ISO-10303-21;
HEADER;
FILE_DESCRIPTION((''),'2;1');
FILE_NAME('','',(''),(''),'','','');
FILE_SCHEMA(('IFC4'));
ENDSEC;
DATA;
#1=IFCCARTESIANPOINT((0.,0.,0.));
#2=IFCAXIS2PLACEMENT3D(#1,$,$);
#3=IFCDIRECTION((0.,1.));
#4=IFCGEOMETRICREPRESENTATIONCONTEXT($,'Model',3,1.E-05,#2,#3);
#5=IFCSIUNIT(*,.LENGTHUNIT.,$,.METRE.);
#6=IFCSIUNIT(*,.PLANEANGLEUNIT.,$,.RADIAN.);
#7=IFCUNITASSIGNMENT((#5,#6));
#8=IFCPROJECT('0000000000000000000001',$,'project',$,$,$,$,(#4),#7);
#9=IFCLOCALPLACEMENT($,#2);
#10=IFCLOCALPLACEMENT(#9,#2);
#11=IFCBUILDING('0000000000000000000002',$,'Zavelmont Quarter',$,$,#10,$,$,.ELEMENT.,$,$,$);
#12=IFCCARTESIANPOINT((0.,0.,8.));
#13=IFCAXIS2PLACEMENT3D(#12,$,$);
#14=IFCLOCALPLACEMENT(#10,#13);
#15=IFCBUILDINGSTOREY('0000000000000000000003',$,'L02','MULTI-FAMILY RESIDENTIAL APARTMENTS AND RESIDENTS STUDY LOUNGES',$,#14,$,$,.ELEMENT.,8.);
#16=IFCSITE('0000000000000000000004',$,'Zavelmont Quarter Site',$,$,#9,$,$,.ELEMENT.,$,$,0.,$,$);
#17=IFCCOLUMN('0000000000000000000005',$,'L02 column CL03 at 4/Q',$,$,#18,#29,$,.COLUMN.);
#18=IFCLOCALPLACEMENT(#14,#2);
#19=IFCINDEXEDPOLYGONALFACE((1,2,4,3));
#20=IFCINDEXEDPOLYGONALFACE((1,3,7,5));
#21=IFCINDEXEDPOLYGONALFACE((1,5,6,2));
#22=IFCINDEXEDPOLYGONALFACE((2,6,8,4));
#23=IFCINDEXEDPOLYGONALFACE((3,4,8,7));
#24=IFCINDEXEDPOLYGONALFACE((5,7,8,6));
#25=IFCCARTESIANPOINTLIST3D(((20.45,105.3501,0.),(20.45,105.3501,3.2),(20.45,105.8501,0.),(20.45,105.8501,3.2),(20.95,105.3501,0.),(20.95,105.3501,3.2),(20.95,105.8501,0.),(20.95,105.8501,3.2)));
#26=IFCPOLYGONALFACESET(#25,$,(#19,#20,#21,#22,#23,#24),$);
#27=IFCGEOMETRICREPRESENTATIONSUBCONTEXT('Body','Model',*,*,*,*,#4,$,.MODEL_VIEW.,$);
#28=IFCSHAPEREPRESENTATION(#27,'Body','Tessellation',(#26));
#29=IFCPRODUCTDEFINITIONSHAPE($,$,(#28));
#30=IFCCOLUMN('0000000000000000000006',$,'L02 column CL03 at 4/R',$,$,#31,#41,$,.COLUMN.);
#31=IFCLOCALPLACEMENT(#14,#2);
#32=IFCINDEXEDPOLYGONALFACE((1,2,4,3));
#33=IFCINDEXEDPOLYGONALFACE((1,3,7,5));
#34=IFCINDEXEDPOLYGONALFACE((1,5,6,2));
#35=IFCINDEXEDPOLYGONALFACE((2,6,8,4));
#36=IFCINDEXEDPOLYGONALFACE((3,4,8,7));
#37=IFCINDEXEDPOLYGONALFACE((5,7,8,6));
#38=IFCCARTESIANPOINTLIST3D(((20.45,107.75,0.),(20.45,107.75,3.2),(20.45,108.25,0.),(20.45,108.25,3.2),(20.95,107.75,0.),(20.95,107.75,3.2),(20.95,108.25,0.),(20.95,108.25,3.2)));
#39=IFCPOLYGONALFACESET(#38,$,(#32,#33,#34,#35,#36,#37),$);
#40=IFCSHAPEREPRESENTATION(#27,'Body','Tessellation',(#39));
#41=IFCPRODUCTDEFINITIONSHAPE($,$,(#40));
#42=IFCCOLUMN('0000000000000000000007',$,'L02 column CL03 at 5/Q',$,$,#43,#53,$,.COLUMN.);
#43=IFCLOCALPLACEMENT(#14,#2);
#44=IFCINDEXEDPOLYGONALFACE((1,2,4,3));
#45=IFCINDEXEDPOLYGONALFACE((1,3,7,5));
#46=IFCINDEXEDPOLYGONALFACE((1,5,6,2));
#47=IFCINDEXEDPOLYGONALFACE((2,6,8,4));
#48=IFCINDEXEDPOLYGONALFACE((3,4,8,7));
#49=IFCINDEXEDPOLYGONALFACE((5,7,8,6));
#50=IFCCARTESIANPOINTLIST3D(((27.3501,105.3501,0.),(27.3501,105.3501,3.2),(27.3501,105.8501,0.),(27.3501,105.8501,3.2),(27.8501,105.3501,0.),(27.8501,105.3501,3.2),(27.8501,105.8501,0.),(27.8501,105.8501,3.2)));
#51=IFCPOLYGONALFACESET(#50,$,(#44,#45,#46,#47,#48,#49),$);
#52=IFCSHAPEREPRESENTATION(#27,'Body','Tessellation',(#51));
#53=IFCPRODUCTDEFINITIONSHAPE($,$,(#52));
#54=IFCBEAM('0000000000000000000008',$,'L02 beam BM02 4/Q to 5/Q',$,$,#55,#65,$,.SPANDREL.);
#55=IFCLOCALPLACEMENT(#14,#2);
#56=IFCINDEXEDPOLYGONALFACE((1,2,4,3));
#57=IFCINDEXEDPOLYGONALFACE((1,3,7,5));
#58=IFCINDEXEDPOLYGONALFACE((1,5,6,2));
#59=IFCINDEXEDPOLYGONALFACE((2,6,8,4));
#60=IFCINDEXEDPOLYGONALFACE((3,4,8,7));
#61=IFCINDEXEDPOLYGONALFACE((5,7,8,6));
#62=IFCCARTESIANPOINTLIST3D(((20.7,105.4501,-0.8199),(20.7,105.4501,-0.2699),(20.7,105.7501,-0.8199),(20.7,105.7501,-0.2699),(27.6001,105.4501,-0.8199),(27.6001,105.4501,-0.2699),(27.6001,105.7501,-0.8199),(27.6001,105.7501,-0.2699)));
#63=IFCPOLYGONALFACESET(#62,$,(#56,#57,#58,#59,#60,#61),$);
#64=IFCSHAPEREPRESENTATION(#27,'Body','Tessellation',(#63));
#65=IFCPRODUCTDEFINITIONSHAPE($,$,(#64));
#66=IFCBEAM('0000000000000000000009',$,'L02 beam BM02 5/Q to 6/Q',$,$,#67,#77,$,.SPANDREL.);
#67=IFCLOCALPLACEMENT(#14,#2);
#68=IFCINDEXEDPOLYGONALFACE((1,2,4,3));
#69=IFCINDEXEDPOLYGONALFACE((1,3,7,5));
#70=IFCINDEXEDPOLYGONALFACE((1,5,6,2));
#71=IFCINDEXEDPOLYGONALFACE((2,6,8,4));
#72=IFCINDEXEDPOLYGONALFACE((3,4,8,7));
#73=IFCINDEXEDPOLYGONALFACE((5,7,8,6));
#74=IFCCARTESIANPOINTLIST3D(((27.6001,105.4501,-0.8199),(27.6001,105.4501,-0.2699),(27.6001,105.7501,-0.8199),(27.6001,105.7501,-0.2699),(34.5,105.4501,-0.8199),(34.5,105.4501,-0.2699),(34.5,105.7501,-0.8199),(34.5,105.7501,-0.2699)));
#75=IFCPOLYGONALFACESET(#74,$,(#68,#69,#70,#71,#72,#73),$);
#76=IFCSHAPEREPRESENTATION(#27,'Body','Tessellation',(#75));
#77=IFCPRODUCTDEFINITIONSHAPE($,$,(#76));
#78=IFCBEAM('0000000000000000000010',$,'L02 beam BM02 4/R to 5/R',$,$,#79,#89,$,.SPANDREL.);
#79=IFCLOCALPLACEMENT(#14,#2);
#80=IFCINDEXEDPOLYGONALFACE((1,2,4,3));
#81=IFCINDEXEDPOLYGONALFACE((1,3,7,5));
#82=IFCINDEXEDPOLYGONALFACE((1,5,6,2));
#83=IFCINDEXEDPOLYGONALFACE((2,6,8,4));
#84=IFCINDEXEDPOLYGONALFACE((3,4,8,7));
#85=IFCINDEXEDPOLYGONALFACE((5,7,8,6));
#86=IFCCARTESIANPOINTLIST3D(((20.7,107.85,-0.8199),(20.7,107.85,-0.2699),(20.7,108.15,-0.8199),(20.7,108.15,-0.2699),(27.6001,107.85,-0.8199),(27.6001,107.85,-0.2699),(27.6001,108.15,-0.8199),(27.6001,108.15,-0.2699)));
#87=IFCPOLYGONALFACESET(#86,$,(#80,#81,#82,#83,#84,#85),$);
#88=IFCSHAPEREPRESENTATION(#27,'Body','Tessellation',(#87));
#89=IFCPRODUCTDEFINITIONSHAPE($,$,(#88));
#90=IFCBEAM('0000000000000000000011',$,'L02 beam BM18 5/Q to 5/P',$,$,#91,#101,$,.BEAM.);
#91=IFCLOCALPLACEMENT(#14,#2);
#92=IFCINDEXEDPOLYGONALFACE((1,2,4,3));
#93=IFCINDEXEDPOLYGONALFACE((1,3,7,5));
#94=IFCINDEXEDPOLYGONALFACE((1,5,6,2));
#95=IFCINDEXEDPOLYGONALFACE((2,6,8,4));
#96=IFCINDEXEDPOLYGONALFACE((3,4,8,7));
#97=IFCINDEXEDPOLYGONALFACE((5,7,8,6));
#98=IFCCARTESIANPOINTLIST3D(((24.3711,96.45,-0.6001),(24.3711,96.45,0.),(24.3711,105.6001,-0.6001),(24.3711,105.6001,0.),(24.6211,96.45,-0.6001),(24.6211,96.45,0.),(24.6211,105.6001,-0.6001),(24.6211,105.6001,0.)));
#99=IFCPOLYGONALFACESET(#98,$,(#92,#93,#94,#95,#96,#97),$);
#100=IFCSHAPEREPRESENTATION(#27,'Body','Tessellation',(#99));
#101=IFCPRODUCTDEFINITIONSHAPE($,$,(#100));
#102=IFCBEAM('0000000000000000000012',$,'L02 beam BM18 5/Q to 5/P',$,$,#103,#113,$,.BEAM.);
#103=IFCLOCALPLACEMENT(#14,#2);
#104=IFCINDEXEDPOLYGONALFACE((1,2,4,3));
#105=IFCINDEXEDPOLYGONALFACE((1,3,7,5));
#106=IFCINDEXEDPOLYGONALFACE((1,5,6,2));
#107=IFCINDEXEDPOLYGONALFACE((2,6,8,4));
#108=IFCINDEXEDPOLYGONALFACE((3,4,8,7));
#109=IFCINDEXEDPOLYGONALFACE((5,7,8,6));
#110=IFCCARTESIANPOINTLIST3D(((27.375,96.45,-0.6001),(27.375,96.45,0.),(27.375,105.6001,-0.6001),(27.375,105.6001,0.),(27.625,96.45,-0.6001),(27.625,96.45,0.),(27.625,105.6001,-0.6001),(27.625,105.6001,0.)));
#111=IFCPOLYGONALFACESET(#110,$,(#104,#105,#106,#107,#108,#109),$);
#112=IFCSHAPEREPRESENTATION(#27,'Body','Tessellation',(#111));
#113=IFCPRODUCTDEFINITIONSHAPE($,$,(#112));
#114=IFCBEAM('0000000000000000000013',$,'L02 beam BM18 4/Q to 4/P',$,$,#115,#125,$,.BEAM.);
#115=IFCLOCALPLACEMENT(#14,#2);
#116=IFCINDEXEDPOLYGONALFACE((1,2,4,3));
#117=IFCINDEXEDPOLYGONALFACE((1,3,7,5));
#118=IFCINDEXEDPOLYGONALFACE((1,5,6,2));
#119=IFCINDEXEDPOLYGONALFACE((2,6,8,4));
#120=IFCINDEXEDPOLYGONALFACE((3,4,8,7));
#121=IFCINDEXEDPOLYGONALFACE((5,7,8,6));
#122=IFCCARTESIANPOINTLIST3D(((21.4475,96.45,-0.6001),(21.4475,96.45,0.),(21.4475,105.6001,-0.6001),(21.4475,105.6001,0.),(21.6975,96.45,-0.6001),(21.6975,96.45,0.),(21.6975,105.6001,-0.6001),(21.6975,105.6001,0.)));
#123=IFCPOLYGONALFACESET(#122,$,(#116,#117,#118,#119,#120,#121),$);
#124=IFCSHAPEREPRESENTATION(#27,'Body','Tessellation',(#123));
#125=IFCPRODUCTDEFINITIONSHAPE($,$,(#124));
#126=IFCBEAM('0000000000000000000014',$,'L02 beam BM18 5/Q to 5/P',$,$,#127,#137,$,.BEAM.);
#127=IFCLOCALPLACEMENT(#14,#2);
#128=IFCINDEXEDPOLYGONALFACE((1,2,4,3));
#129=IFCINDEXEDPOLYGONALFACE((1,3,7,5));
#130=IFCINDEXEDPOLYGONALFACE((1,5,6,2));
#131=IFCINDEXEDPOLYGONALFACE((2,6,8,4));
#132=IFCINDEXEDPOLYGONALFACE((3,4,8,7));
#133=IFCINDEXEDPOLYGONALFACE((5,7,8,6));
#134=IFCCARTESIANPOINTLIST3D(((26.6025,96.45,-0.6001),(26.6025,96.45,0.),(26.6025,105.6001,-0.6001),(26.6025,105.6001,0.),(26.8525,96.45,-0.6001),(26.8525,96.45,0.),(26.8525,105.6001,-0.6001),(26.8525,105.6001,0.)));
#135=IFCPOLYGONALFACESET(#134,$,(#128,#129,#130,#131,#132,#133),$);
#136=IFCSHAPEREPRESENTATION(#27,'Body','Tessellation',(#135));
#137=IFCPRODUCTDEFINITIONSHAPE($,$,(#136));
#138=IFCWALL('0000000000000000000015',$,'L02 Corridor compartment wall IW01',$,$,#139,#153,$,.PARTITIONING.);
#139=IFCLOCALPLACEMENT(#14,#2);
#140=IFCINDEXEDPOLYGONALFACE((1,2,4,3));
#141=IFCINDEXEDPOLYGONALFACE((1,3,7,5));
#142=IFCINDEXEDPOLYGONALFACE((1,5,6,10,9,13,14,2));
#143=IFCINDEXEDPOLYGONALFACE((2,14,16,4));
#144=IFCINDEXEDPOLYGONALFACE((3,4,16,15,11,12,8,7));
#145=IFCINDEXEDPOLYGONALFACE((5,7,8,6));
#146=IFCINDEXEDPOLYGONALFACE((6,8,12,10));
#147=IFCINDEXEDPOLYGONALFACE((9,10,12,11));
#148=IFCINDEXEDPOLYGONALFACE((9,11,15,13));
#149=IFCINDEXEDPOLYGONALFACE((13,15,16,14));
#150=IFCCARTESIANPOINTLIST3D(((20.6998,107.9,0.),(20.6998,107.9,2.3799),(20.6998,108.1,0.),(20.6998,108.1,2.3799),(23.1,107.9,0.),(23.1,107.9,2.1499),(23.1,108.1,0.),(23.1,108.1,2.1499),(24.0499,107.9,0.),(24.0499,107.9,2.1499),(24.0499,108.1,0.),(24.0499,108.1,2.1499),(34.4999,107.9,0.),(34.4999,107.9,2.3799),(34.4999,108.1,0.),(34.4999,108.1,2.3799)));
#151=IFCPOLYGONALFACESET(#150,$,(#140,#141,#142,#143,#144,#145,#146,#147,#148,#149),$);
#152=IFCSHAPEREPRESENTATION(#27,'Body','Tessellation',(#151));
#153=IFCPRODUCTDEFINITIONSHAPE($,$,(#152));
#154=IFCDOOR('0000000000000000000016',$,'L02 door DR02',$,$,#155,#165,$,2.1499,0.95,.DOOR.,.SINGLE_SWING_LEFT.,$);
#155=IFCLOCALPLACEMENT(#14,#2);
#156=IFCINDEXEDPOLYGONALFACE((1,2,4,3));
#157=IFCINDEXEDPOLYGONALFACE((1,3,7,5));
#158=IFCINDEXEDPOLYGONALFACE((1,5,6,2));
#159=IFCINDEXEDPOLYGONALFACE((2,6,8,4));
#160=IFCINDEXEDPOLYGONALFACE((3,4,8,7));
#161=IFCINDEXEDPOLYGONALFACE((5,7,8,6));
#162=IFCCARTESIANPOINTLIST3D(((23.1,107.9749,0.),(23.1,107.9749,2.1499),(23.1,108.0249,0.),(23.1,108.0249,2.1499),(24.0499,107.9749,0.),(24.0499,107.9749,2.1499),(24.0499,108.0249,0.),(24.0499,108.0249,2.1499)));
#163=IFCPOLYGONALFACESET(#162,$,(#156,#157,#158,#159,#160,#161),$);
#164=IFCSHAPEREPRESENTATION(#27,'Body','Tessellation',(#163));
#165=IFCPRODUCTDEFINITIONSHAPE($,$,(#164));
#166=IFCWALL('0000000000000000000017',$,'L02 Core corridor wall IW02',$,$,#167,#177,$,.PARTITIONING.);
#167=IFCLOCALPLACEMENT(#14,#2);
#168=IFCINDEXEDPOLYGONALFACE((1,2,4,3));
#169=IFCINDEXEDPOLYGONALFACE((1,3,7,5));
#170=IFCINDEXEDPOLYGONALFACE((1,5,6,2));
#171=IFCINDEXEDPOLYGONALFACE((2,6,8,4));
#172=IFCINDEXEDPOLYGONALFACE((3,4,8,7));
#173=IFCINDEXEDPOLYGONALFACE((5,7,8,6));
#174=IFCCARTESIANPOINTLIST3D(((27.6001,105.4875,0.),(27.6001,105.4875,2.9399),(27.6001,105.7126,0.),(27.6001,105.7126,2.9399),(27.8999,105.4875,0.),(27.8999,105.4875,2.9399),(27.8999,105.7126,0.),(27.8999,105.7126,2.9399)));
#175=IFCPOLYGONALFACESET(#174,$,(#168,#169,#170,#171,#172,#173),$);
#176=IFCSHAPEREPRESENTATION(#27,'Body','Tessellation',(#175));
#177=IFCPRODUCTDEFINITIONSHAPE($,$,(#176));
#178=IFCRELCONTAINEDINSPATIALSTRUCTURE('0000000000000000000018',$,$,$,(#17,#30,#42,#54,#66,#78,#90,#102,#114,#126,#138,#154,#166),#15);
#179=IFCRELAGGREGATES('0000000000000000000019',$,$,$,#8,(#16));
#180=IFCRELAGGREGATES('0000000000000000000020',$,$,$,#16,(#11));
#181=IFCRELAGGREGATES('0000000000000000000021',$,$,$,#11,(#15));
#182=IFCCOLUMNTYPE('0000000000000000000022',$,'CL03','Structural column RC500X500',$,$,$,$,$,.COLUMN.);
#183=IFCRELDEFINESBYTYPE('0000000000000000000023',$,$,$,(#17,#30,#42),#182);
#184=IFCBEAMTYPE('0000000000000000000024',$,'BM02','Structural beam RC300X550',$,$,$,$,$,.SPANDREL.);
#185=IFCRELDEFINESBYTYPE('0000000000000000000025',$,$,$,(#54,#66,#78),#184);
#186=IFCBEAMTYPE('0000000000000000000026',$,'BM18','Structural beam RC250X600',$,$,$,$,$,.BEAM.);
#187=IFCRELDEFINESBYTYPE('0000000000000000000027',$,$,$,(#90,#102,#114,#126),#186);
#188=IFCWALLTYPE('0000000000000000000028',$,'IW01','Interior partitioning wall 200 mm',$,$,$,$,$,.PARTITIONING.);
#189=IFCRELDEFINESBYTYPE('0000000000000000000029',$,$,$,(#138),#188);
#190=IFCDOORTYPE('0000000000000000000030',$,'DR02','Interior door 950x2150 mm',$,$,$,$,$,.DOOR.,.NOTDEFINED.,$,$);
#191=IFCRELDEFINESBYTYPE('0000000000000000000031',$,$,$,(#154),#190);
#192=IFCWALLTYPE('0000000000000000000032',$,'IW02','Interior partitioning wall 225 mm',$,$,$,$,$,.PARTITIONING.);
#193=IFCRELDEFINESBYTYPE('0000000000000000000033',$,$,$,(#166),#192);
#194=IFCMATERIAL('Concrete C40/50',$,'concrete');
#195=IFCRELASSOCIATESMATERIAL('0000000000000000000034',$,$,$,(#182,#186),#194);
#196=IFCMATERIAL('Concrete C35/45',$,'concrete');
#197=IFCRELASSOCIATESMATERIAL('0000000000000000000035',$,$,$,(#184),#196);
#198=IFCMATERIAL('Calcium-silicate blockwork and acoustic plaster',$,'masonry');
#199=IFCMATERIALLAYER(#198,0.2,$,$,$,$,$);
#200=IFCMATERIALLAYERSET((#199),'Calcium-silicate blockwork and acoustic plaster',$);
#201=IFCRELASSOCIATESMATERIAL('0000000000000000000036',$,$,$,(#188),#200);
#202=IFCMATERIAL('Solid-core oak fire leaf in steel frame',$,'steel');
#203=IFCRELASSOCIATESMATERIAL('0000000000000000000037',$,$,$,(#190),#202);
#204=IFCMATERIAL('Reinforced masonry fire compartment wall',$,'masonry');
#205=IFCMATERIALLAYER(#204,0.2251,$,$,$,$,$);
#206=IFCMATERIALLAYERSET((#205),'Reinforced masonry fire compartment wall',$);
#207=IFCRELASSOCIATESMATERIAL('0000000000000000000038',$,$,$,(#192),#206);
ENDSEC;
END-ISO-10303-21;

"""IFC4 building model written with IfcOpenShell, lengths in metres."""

from ifc_helpers import new_model, si_unit, direction, frame, frame_2d, origin, origin_with_axes, origin_2d, place, context, subcontext, project, spatial, rectangle, extrude, material, layer, layer_set, material_profile, profile_set, type_object, element, fill, save


model = new_model("IFC4")

# Units and contexts
model_context = context("Model", 3, precision=1e-05, world=origin(), true_north=direction((0.0, 1.0)))
body_context = subcontext(model_context, "Body", "Model", "MODEL_VIEW")
ifc_project = project(units=[si_unit("LENGTHUNIT", "METRE"), si_unit("PLANEANGLEUNIT", "RADIAN")], contexts=[model_context])

# Site, building, storey
site_placement = place(None, origin())
site = spatial("IfcSite", under=ifc_project, at=site_placement, Name="Zavelmont Quarter Site", CompositionType="ELEMENT", RefElevation=0.0)
building_placement = place(site_placement, origin())
building = spatial("IfcBuilding", under=site, at=building_placement, Name="Zavelmont Quarter", CompositionType="ELEMENT")
storey_placement = place(building_placement, frame((0.0, 0.0, 8.0)))
storey = spatial("IfcBuildingStorey", under=building, at=storey_placement, Name="L02", Description="MULTI-FAMILY RESIDENTIAL APARTMENTS AND RESIDENTS STUDY LOUNGES", CompositionType="ELEMENT", Elevation=8.0)

# Columns
ifc_material_1 = material(Name="Concrete C40/50", Category="concrete")
ifc_material_profile_1 = material_profile(ifc_material_1, rectangle(XDim=0.5, YDim=0.5, at=origin_2d()), Name="RC500X500")
ifc_profile_set_1 = profile_set([ifc_material_profile_1], Name="Concrete C40/50")
column_type = type_object("IfcColumnType", Name="CL03", Description="Structural column RC500X500", PredefinedType="COLUMN", material=ifc_profile_set_1)
for number, where, z_axis, x_axis, name in (
    (1, (20.7, 105.6001, 0.0), (0.0, 0.0, 1.0), (1.0, 0.0, 0.0), "L02 column CL03 at 4/Q"),
    (2, (20.7, 108.0, 0.0), (0.0, 0.0, 1.0), (1.0, 0.0, 0.0), "L02 column CL03 at 4/R"),
    (3, (27.6001, 105.6001, 0.0), (0.0, 0.0, 1.0), (1.0, 0.0, 0.0), "L02 column CL03 at 5/Q"),
):
    element("IfcColumn", number, at=place(storey_placement, frame(where, z_axis=z_axis, x_axis=x_axis)), inside=storey, type_object=column_type, Name=name, PredefinedType="COLUMN", context=body_context, shape_type="SweptSolid", body=[
        extrude(rectangle(XDim=0.5, YDim=0.5, at=origin_2d()), origin(), (0.0, 0.0, 1.0), 3.2),
    ])

# Beams
ifc_material_2 = material(Name="Concrete C35/45", Category="concrete")
ifc_material_profile_2 = material_profile(ifc_material_2, rectangle(XDim=0.3, YDim=0.55, at=origin_2d()), Name="RC300X550")
ifc_profile_set_2 = profile_set([ifc_material_profile_2], Name="Concrete C35/45")
beam_type_1 = type_object("IfcBeamType", Name="BM02", Description="Structural beam RC300X550", PredefinedType="SPANDREL", material=ifc_profile_set_2)
beam_1_placement = place(storey_placement, frame((20.7, 105.6001, -0.5449), z_axis=(1.0, 0.0, 0.0), x_axis=(0.0, 1.0, 0.0)))
element("IfcBeam", 4, at=beam_1_placement, inside=storey, type_object=beam_type_1, Name="L02 beam BM02 4/Q to 5/Q", PredefinedType="SPANDREL", context=body_context, shape_type="SweptSolid", body=[
    extrude(rectangle(XDim=0.3, YDim=0.55, at=origin_2d()), origin(), (0.0, 0.0, 1.0), 6.9001),
])
beam_2_placement = place(storey_placement, frame((27.6001, 105.6001, -0.5449), z_axis=(1.0, 0.0, 0.0), x_axis=(0.0, 1.0, 0.0)))
element("IfcBeam", 5, at=beam_2_placement, inside=storey, type_object=beam_type_1, Name="L02 beam BM02 5/Q to 6/Q", PredefinedType="SPANDREL", context=body_context, shape_type="SweptSolid", body=[
    extrude(rectangle(XDim=0.3, YDim=0.55, at=origin_2d()), origin(), (0.0, 0.0, 1.0), 6.8999),
])
beam_3_placement = place(storey_placement, frame((20.7, 108.0, -0.5449), z_axis=(1.0, 0.0, 0.0), x_axis=(0.0, 1.0, 0.0)))
element("IfcBeam", 6, at=beam_3_placement, inside=storey, type_object=beam_type_1, Name="L02 beam BM02 4/R to 5/R", PredefinedType="SPANDREL", context=body_context, shape_type="SweptSolid", body=[
    extrude(rectangle(XDim=0.3, YDim=0.55, at=origin_2d()), origin(), (0.0, 0.0, 1.0), 6.9001),
])
ifc_material_profile_3 = material_profile(ifc_material_1, rectangle(XDim=0.25, YDim=0.6001, at=origin_2d()), Name="RC250X600")
ifc_profile_set_3 = profile_set([ifc_material_profile_3], Name="Concrete C40/50")
beam_type_2 = type_object("IfcBeamType", Name="BM18", Description="Structural beam RC250X600", PredefinedType="BEAM", material=ifc_profile_set_3)
for number, where, z_axis, x_axis, name in (
    (7, (24.4961, 105.6001, -0.3), (0.0, -1.0, 0.0), (1.0, 0.0, 0.0), "L02 beam BM18 5/Q to 5/P"),
    (8, (27.5, 105.6001, -0.3), (0.0, -1.0, 0.0), (1.0, 0.0, 0.0), "L02 beam BM18 5/Q to 5/P"),
    (9, (21.5725, 105.6001, -0.3), (0.0, -1.0, 0.0), (1.0, 0.0, 0.0), "L02 beam BM18 4/Q to 4/P"),
    (10, (26.7275, 105.6001, -0.3), (0.0, -1.0, 0.0), (1.0, 0.0, 0.0), "L02 beam BM18 5/Q to 5/P"),
):
    element("IfcBeam", number, at=place(storey_placement, frame(where, z_axis=z_axis, x_axis=x_axis)), inside=storey, type_object=beam_type_2, Name=name, PredefinedType="BEAM", context=body_context, shape_type="SweptSolid", body=[
        extrude(rectangle(XDim=0.25, YDim=0.6001, at=origin_2d()), origin(), (0.0, 0.0, 1.0), 9.1501),
    ])

# Wall, opening, door
ifc_material_3 = material(Name="Calcium-silicate blockwork and acoustic plaster", Category="masonry")
ifc_layer_1 = layer(ifc_material_3, 0.2)
ifc_layer_set_1 = layer_set([ifc_layer_1], Name="Calcium-silicate blockwork and acoustic plaster")
wall_type_1 = type_object("IfcWallType", Name="IW01", Description="Interior partitioning wall 200 mm", PredefinedType="PARTITIONING", material=ifc_layer_set_1)
wall_1_placement = place(storey_placement, frame((20.7, 108.0, 0.0), z_axis=(0.0, 0.0, 1.0), x_axis=(1.0, 0.0, 0.0)))
wall_1 = element("IfcWall", 11, at=wall_1_placement, inside=storey, type_object=wall_type_1, Name="L02 Corridor compartment wall IW01", PredefinedType="PARTITIONING", context=body_context, shape_type="SweptSolid", body=[
    extrude(rectangle(XDim=13.8, YDim=0.2, at=frame_2d((6.8999, 0.0))), origin(), (0.0, 0.0, 1.0), 2.3799),
])
opening_1_placement = place(wall_1_placement, frame((2.3999, 0.0, 0.0)))
opening_1 = element("IfcOpeningElement", 12, at=opening_1_placement, cuts=wall_1, PredefinedType="OPENING", context=body_context, shape_type="SweptSolid", body=[
    extrude(rectangle(XDim=0.95, YDim=2.1499, at=frame_2d((0.4751, 1.075))), frame((0.0, 0.1118, 0.0), z_axis=(0.0, -1.0, 0.0), x_axis=(1.0, 0.0, 0.0)), (0.0, 0.0, 1.0), 0.2239),
])
ifc_material_4 = material(Name="Solid-core oak fire leaf in steel frame", Category="steel")
door_type_1 = type_object("IfcDoorType", Name="DR02", Description="Interior door 950x2150 mm", OperationType="NOTDEFINED", PredefinedType="DOOR", material=ifc_material_4)
door_1_placement = place(opening_1_placement, origin_with_axes())
door_1 = element("IfcDoor", 13, at=door_1_placement, inside=storey, type_object=door_type_1, Name="L02 door DR02", OperationType="SINGLE_SWING_LEFT", OverallHeight=2.1499, OverallWidth=0.95, PredefinedType="DOOR", context=body_context, shape_type="SweptSolid", body=[
    extrude(rectangle(XDim=0.95, YDim=2.1499, at=frame_2d((0.4751, 1.075))), frame((0.0, 0.0249, 0.0), z_axis=(0.0, -1.0, 0.0), x_axis=(1.0, 0.0, 0.0)), (0.0, 0.0, 1.0), 0.05),
])
fill(opening_1, door_1)

# Wall
ifc_material_5 = material(Name="Reinforced masonry fire compartment wall", Category="masonry")
ifc_layer_2 = layer(ifc_material_5, 0.2251)
ifc_layer_set_2 = layer_set([ifc_layer_2], Name="Reinforced masonry fire compartment wall")
wall_type_2 = type_object("IfcWallType", Name="IW02", Description="Interior partitioning wall 225 mm", PredefinedType="PARTITIONING", material=ifc_layer_set_2)
wall_2_placement = place(storey_placement, frame((27.6001, 105.6001, 0.0), z_axis=(0.0, 0.0, 1.0), x_axis=(1.0, 0.0, 0.0)))
element("IfcWall", 14, at=wall_2_placement, inside=storey, type_object=wall_type_2, Name="L02 Core corridor wall IW02", PredefinedType="PARTITIONING", context=body_context, shape_type="SweptSolid", body=[
    extrude(rectangle(XDim=0.2998, YDim=0.2251, at=frame_2d((0.1499, 0.0))), origin(), (0.0, 0.0, 1.0), 2.9399),
])

save(model, "model.ifc")
